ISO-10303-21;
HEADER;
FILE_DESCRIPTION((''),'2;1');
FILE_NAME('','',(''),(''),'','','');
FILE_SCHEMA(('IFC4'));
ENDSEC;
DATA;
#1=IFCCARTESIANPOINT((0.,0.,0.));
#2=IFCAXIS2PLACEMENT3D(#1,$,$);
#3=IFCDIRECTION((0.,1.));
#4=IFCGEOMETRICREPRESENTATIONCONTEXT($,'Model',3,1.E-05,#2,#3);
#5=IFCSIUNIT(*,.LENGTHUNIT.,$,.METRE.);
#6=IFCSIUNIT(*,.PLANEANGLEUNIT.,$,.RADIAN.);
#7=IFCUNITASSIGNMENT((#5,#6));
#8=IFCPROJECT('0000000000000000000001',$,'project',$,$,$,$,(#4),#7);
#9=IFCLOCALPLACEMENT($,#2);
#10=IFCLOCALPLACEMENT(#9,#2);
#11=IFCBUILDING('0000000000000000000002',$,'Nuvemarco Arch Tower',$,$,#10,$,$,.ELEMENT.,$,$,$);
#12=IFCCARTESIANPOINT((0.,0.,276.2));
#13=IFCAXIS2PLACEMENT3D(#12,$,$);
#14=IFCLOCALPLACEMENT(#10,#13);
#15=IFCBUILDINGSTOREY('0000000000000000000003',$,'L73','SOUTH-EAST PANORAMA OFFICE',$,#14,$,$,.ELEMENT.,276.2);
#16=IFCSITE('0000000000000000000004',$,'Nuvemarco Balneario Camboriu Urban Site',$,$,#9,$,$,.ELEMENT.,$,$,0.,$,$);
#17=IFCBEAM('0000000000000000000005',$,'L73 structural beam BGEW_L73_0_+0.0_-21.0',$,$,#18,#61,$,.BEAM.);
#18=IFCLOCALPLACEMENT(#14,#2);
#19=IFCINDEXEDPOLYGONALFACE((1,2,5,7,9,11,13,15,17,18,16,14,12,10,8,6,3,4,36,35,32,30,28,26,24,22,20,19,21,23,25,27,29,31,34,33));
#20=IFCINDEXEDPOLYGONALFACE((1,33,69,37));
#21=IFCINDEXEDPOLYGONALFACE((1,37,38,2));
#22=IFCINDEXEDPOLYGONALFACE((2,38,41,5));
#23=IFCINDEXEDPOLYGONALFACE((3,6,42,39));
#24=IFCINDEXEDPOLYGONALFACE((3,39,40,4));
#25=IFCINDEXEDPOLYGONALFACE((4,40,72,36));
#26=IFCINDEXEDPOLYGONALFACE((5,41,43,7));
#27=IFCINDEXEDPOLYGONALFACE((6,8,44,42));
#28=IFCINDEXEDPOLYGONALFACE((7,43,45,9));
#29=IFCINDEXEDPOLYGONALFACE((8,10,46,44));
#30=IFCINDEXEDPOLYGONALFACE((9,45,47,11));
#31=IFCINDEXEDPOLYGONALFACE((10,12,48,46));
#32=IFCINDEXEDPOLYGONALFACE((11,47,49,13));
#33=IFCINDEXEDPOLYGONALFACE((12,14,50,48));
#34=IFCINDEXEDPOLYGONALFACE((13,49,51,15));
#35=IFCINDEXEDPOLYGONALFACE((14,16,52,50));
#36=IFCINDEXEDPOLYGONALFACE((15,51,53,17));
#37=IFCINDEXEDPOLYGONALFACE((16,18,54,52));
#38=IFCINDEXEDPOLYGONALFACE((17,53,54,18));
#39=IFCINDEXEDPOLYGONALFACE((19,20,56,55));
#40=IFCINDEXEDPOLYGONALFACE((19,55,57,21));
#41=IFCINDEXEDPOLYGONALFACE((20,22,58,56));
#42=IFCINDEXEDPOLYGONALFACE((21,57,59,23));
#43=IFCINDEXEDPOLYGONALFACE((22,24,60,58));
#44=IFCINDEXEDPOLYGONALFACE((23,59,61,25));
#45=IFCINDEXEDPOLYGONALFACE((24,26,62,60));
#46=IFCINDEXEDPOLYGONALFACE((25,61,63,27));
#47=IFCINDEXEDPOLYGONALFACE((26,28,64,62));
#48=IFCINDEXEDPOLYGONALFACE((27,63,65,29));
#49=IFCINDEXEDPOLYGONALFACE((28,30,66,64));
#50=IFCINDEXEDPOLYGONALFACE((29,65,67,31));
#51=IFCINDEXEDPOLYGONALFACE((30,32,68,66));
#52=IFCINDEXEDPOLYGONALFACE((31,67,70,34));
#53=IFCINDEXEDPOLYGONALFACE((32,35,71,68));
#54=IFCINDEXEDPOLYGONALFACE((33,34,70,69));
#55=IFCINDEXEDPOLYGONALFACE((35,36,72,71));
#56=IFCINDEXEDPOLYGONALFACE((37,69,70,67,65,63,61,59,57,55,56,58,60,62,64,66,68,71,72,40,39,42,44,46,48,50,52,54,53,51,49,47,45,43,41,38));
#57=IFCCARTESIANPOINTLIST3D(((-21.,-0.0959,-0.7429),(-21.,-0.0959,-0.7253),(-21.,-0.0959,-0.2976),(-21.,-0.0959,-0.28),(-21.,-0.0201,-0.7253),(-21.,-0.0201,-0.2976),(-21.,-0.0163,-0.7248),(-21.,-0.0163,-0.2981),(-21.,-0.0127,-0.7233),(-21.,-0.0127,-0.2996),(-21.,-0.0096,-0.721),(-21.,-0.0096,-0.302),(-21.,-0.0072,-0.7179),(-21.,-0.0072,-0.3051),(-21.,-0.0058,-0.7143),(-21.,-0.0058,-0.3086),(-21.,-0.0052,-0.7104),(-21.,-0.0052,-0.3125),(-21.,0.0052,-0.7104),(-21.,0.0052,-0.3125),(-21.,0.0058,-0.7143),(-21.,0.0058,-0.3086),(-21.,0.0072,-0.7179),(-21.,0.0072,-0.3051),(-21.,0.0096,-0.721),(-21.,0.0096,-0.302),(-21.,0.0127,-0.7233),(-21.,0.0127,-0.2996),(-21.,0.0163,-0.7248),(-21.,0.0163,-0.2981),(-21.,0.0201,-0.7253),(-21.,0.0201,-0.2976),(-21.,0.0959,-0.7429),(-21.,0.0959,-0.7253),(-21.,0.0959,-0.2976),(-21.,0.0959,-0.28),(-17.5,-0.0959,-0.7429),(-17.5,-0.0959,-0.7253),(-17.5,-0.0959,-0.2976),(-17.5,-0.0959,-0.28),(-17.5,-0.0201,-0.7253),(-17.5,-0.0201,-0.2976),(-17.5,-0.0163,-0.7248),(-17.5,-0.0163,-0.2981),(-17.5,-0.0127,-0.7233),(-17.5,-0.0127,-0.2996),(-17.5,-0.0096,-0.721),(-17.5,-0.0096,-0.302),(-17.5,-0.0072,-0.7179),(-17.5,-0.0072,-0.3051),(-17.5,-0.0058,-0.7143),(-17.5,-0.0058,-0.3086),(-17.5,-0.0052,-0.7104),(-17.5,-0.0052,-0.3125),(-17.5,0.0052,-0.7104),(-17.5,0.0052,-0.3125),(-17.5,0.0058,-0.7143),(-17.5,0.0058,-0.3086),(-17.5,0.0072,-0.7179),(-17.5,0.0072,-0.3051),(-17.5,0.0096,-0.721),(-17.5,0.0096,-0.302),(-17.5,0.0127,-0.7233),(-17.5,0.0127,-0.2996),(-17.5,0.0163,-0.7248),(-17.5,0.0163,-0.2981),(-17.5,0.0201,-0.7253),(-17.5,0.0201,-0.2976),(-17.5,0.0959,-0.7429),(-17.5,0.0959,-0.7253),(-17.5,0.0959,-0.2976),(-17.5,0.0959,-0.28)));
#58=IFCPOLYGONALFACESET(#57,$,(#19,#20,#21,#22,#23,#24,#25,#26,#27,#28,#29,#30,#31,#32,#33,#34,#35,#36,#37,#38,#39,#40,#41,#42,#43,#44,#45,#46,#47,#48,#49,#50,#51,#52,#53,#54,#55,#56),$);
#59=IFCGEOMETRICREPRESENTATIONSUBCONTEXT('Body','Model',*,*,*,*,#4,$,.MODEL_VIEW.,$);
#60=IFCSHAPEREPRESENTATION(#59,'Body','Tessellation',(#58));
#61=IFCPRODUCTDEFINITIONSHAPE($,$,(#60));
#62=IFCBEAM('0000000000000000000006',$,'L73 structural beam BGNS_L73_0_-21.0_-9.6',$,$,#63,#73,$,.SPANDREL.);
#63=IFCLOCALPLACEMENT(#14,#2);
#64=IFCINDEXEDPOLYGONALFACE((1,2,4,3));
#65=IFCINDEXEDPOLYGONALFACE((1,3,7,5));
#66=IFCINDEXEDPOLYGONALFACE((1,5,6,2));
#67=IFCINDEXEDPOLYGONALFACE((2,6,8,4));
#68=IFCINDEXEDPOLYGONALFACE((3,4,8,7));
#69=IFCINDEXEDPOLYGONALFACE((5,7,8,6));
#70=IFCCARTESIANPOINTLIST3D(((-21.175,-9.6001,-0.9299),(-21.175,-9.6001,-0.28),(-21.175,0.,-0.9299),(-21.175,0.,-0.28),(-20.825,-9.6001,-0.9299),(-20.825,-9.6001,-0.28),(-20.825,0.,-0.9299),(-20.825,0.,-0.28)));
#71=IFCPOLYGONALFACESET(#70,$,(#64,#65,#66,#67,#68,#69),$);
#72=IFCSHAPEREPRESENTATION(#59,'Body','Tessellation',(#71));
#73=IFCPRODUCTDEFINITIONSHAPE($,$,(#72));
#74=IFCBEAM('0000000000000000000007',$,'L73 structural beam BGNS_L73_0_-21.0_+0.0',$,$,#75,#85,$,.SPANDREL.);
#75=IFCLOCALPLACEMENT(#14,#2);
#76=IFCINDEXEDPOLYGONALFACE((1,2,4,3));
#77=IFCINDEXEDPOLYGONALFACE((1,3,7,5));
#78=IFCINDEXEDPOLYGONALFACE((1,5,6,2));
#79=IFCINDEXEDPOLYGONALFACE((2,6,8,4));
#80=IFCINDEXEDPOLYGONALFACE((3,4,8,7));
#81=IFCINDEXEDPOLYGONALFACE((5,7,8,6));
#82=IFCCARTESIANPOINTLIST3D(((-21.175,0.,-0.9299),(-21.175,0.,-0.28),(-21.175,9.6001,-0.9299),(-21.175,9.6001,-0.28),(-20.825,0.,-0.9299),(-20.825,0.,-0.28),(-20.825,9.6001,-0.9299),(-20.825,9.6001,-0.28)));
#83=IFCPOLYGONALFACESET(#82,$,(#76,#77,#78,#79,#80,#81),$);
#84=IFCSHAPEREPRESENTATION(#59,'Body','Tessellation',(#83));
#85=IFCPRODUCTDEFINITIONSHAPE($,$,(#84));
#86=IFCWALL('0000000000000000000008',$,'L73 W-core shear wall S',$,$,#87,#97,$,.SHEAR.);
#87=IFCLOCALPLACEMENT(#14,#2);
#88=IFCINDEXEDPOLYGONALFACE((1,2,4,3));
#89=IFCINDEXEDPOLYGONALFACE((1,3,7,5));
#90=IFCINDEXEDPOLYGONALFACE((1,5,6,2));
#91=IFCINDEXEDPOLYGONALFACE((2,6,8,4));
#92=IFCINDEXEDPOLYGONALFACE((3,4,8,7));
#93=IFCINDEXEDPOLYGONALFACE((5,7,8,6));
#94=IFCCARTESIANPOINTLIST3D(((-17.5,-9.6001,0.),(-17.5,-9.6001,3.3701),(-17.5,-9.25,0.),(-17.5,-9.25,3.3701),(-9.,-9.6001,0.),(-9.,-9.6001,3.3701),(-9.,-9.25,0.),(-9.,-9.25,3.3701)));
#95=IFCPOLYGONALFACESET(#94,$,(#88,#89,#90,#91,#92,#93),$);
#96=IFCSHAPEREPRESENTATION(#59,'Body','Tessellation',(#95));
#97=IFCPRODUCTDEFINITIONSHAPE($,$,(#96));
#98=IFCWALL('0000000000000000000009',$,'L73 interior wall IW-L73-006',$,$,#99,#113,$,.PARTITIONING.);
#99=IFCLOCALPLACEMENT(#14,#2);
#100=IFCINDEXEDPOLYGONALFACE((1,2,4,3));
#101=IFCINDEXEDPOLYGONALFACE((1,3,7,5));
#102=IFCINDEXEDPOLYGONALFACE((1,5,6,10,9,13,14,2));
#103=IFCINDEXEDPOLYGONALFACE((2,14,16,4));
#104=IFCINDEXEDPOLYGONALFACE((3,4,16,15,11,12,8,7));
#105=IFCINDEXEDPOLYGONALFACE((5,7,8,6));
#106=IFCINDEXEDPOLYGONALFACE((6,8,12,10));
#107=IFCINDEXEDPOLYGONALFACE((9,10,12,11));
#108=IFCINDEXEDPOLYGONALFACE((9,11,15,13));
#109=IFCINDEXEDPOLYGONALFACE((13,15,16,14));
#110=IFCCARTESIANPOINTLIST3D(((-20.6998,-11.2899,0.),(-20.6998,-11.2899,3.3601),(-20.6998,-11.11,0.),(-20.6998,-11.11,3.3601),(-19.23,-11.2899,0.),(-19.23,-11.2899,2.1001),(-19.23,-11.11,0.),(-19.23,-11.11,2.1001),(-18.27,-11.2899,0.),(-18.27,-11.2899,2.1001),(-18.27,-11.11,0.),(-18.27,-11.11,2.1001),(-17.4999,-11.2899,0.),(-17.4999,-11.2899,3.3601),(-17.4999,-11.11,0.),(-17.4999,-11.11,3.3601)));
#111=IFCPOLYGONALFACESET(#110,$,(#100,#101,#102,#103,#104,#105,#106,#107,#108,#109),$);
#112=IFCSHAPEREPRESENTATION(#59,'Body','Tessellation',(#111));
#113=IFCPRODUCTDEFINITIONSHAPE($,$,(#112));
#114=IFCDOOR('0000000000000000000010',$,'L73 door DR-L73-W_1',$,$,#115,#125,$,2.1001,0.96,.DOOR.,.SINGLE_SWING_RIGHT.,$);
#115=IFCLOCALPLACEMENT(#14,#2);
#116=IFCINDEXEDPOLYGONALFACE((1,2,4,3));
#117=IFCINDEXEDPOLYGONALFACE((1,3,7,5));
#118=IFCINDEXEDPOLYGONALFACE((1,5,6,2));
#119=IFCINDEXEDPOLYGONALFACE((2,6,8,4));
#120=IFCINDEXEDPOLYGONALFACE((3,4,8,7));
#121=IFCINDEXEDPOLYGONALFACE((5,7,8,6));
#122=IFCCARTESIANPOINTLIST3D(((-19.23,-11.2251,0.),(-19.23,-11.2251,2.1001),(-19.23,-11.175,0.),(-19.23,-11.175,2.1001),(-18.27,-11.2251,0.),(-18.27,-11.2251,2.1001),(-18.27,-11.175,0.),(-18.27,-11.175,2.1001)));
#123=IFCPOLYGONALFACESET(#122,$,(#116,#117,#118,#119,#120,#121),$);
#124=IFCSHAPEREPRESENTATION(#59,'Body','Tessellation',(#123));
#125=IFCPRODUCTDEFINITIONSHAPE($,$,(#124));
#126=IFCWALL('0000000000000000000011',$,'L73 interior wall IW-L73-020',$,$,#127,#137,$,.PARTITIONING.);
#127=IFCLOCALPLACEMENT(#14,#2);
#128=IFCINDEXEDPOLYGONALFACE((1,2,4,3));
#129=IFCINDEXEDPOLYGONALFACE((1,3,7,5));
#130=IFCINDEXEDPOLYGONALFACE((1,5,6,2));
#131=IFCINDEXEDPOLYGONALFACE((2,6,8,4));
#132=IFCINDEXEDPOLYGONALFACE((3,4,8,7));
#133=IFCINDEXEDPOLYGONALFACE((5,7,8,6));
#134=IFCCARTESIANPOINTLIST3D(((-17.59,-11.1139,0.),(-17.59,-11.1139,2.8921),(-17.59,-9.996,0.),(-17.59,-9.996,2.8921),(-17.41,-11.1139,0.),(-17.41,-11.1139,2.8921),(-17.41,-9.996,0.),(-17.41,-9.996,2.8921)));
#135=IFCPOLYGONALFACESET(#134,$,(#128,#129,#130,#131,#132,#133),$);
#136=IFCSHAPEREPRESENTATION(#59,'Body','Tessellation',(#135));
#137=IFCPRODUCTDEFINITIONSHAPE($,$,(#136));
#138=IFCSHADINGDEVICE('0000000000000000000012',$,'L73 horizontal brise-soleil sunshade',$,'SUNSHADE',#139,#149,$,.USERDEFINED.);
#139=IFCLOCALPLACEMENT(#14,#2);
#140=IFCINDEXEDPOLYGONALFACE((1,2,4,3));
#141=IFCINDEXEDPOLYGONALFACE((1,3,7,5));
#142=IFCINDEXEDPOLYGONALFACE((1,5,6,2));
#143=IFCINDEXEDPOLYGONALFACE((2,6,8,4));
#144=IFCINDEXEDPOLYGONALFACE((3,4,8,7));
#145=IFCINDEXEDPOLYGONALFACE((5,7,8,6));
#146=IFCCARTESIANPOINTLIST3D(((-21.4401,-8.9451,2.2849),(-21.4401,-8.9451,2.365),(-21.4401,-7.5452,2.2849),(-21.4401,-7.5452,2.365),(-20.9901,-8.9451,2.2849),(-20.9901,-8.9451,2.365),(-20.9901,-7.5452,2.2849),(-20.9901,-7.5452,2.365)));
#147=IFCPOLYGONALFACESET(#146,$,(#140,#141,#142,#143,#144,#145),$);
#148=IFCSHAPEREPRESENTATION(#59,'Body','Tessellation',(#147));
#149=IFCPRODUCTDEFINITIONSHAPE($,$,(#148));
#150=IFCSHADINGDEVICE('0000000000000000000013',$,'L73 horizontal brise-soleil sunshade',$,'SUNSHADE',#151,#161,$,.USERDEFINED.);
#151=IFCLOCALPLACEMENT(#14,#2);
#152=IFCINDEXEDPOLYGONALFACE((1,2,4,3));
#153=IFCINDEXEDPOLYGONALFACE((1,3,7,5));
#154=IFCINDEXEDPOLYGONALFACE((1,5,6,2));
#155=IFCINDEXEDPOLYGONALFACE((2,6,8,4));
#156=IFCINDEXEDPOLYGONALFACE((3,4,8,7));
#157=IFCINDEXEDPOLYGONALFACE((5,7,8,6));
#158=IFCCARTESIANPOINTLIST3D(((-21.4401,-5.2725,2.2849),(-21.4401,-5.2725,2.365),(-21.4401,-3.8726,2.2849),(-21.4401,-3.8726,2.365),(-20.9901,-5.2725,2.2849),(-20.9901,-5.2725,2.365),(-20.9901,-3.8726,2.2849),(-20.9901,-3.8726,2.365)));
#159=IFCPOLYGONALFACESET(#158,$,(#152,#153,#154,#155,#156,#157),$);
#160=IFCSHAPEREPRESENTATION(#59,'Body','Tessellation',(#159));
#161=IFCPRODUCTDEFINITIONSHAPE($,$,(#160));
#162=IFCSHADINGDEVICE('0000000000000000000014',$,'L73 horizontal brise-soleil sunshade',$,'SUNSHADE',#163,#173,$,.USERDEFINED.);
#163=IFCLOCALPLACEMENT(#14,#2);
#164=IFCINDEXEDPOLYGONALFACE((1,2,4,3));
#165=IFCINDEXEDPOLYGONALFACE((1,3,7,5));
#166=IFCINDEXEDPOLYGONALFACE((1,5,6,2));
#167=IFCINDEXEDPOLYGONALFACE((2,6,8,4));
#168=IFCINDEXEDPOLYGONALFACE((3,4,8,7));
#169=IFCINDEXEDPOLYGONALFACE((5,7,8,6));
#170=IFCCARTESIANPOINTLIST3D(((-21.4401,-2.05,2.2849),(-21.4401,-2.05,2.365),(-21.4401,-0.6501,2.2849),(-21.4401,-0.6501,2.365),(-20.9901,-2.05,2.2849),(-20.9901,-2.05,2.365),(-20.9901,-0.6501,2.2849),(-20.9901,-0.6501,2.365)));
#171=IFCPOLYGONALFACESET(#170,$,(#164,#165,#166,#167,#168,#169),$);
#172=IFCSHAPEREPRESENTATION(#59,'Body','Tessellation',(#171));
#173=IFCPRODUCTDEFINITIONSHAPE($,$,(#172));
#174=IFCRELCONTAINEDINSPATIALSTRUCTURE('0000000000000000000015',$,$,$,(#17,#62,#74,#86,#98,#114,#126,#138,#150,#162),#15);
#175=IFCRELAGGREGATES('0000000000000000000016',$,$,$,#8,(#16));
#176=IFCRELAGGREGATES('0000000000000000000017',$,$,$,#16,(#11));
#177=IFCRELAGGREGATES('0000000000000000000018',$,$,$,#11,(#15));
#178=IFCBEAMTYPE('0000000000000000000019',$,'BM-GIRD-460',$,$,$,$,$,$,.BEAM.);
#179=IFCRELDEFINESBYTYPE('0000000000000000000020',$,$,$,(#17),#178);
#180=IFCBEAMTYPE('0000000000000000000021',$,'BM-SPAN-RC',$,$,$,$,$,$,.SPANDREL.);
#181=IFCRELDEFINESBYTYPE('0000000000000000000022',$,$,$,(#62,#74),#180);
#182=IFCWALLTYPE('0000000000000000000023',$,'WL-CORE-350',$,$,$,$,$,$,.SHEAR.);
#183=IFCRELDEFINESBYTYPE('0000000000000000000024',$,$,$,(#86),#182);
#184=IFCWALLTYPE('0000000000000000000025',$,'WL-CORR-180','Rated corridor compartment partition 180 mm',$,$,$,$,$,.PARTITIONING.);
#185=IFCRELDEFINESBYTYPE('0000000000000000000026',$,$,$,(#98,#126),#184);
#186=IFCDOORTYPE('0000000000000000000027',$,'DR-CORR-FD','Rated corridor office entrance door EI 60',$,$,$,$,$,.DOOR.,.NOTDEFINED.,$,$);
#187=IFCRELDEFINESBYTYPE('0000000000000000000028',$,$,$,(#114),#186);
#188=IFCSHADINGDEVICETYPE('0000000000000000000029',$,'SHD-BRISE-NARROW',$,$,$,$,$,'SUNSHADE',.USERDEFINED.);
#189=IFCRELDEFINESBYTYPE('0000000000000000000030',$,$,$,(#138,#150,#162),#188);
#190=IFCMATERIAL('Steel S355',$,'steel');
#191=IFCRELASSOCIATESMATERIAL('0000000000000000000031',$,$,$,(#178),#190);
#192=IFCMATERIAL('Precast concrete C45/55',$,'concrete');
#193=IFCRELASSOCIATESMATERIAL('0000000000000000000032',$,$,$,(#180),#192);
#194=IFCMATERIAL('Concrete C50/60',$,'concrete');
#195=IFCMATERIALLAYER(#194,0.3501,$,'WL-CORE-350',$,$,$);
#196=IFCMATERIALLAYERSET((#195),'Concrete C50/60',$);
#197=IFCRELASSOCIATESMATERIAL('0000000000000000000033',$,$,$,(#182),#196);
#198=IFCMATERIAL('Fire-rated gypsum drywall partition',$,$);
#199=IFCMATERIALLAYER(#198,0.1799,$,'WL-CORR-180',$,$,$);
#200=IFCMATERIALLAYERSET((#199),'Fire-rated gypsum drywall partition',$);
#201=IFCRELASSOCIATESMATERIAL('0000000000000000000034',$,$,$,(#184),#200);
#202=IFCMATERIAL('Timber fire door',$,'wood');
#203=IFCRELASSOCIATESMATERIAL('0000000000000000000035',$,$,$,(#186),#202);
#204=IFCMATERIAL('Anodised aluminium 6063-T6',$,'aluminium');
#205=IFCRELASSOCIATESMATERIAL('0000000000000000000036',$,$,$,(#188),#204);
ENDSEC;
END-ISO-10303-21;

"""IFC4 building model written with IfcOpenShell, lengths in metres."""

from ifc_helpers import new_model, si_unit, direction, frame, frame_2d, origin, origin_2d, place, context, subcontext, project, spatial, rectangle, i_section, extrude, source, transform, mapped, material, layer, layer_set, material_profile, profile_set, type_object, type_shapes, element, fill, save


model = new_model("IFC4")

# Units and contexts
model_context = context("Model", 3, precision=1e-05, world=origin(), true_north=direction((0.0, 1.0)))
body_context = subcontext(model_context, "Body", "Model", "MODEL_VIEW")
ifc_project = project(units=[si_unit("LENGTHUNIT", "METRE"), si_unit("PLANEANGLEUNIT", "RADIAN")], contexts=[model_context])

# Site, building, storey
site_placement = place(None, origin())
site = spatial("IfcSite", under=ifc_project, at=site_placement, Name="Nuvemarco Balneario Camboriu Urban Site", CompositionType="ELEMENT", RefElevation=0.0)
building_placement = place(site_placement, origin())
building = spatial("IfcBuilding", under=site, at=building_placement, Name="Nuvemarco Arch Tower", CompositionType="ELEMENT")
storey_placement = place(building_placement, frame((0.0, 0.0, 276.2)))
storey = spatial("IfcBuildingStorey", under=building, at=storey_placement, Name="L73", Description="SOUTH-EAST PANORAMA OFFICE", CompositionType="ELEMENT", Elevation=276.2)

# Shared definitions
ifc_material_1 = material(Name="Concrete C50/60", Category="concrete")
ifc_material_2 = material(Name="Steel S355", Category="steel")

# Beams
ifc_material_profile_1 = material_profile(ifc_material_2, i_section(OverallWidth=0.1919, OverallDepth=0.4629, WebThickness=0.0105, FlangeThickness=0.0176, FilletRadius=0.0149, at=origin_2d()), Name="W460x89")
ifc_profile_set_1 = profile_set([ifc_material_profile_1], Name="Steel S355")
beam_type_1 = type_object("IfcBeamType", Name="BM-GIRD-460", PredefinedType="BEAM", material=ifc_profile_set_1)
beam_1_placement = place(storey_placement, frame((-21.0, 0.0, -0.5115), z_axis=(1.0, 0.0, 0.0), x_axis=(0.0, 1.0, 0.0)))
element("IfcBeam", 1, at=beam_1_placement, inside=storey, type_object=beam_type_1, Name="L73 structural beam BGEW_L73_0_+0.0_-21.0", PredefinedType="BEAM", context=body_context, shape_type="SweptSolid", body=[
    extrude(i_section(OverallWidth=0.1919, OverallDepth=0.4629, WebThickness=0.0105, FlangeThickness=0.0176, FilletRadius=0.0149, at=origin_2d()), origin(), (0.0, 0.0, 1.0), 3.5),
])
ifc_material_3 = material(Name="Precast concrete C45/55", Category="concrete")
ifc_material_profile_2 = material_profile(ifc_material_3, rectangle(XDim=0.3501, YDim=0.6499, at=origin_2d()), Name="PC-SP-350x650")
ifc_profile_set_2 = profile_set([ifc_material_profile_2], Name="Precast concrete C45/55")
beam_type_2 = type_object("IfcBeamType", Name="BM-SPAN-RC", PredefinedType="SPANDREL", material=ifc_profile_set_2)
for number, where, z_axis, x_axis, name in (
    (2, (-21.0, -9.6001, -0.605), (0.0, 1.0, 0.0), (-1.0, 0.0, 0.0), "L73 structural beam BGNS_L73_0_-21.0_-9.6"),
    (3, (-21.0, 0.0, -0.605), (0.0, 1.0, 0.0), (-1.0, 0.0, 0.0), "L73 structural beam BGNS_L73_0_-21.0_+0.0"),
):
    element("IfcBeam", number, at=place(storey_placement, frame(where, z_axis=z_axis, x_axis=x_axis)), inside=storey, type_object=beam_type_2, Name=name, PredefinedType="SPANDREL", context=body_context, shape_type="SweptSolid", body=[
        extrude(rectangle(XDim=0.3501, YDim=0.6499, at=origin_2d()), origin(), (0.0, 0.0, 1.0), 9.6001),
    ])

# Wall
ifc_layer_1 = layer(ifc_material_1, 0.3501, Name="WL-CORE-350")
ifc_layer_set_1 = layer_set([ifc_layer_1], Name="Concrete C50/60")
wall_type_1 = type_object("IfcWallType", Name="WL-CORE-350", PredefinedType="SHEAR", material=ifc_layer_set_1)
wall_1_placement = place(storey_placement, frame((-17.5, -9.425, 0.0), z_axis=(0.0, 0.0, 1.0), x_axis=(1.0, 0.0, 0.0)))
element("IfcWall", 4, at=wall_1_placement, inside=storey, type_object=wall_type_1, Name="L73 W-core shear wall S", PredefinedType="SHEAR", context=body_context, shape_type="SweptSolid", body=[
    extrude(rectangle(XDim=8.5, YDim=0.3501, at=frame_2d((4.25, 0.0))), origin(), (0.0, 0.0, 1.0), 3.3701),
])

# Wall, opening, door
ifc_material_4 = material(Name="Fire-rated gypsum drywall partition")
ifc_layer_2 = layer(ifc_material_4, 0.1799, Name="WL-CORR-180")
ifc_layer_set_2 = layer_set([ifc_layer_2], Name="Fire-rated gypsum drywall partition")
wall_type_2 = type_object("IfcWallType", Name="WL-CORR-180", Description="Rated corridor compartment partition 180 mm", PredefinedType="PARTITIONING", material=ifc_layer_set_2)
wall_2_placement = place(storey_placement, frame((-20.7, -11.2, 0.0), z_axis=(0.0, 0.0, 1.0), x_axis=(1.0, 0.0, 0.0)))
wall_2 = element("IfcWall", 5, at=wall_2_placement, inside=storey, type_object=wall_type_2, Name="L73 interior wall IW-L73-006", PredefinedType="PARTITIONING", context=body_context, shape_type="SweptSolid", body=[
    extrude(rectangle(XDim=3.2, YDim=0.1799, at=frame_2d((1.6001, 0.0))), origin(), (0.0, 0.0, 1.0), 3.3601),
])
opening_placement = place(wall_2_placement, frame((1.47, 0.0, 0.0)))
opening = element("IfcOpeningElement", 6, at=opening_placement, cuts=wall_2, PredefinedType="OPENING", context=body_context, shape_type="SweptSolid", body=[
    extrude(rectangle(XDim=0.96, YDim=2.1001, at=frame_2d((0.48, 1.05))), frame((0.0, 0.0999, 0.0), z_axis=(0.0, -1.0, 0.0), x_axis=(1.0, 0.0, 0.0)), (0.0, 0.0, 1.0), 0.2),
])
ifc_material_5 = material(Name="Timber fire door", Category="wood")
door_type = type_object("IfcDoorType", Name="DR-CORR-FD", Description="Rated corridor office entrance door EI 60", OperationType="NOTDEFINED", PredefinedType="DOOR", material=ifc_material_5)
shared_shape_1 = source(origin(), body_context, "Body", "SweptSolid", [
    extrude(rectangle(XDim=0.96, YDim=2.1001, at=frame_2d((0.48, 1.05))), frame((0.0, 0.0249, 0.0), z_axis=(0.0, -1.0, 0.0), x_axis=(1.0, 0.0, 0.0)), (0.0, 0.0, 1.0), 0.05),
])
type_shapes(door_type, [shared_shape_1])
door_placement = place(opening_placement, origin())
door = element("IfcDoor", 7, at=door_placement, inside=storey, type_object=door_type, Name="L73 door DR-L73-W_1", OperationType="SINGLE_SWING_RIGHT", OverallHeight=2.1001, OverallWidth=0.96, PredefinedType="DOOR", context=body_context, shape_type="MappedRepresentation", body=[
    mapped(shared_shape_1, transform((0.0, 0.0, 0.0), scale=1.0)),
])
fill(opening, door)

# Wall
wall_3_placement = place(storey_placement, frame((-17.5, -11.114, 0.0), z_axis=(0.0, 0.0, 1.0), x_axis=(0.0, 1.0, 0.0)))
element("IfcWall", 8, at=wall_3_placement, inside=storey, type_object=wall_type_2, Name="L73 interior wall IW-L73-020", PredefinedType="PARTITIONING", context=body_context, shape_type="SweptSolid", body=[
    extrude(rectangle(XDim=1.1179, YDim=0.1799, at=frame_2d((0.5591, 0.0))), origin(), (0.0, 0.0, 1.0), 2.8921),
])

# Shading devices
ifc_material_6 = material(Name="Anodised aluminium 6063-T6", Category="aluminium")
shading_device_type = type_object("IfcShadingDeviceType", Name="SHD-BRISE-NARROW", ElementType="SUNSHADE", PredefinedType="USERDEFINED", material=ifc_material_6)
shared_shape_2 = source(origin(), body_context, "Body", "SweptSolid", [
    extrude(rectangle(XDim=1.3999, YDim=0.45, at=origin_2d()), origin(), (0.0, 0.0, 1.0), 0.0801),
])
type_shapes(shading_device_type, [shared_shape_2])
for number, where, z_axis, x_axis, name in (
    (9, (-21.2151, -8.2451, 2.2849), (0.0, 0.0, 1.0), (0.0, 1.0, 0.0), "L73 horizontal brise-soleil sunshade"),
    (10, (-21.2151, -4.5725, 2.2849), (0.0, 0.0, 1.0), (0.0, 1.0, 0.0), "L73 horizontal brise-soleil sunshade"),
    (11, (-21.2151, -1.3501, 2.2849), (0.0, 0.0, 1.0), (0.0, 1.0, 0.0), "L73 horizontal brise-soleil sunshade"),
):
    element("IfcShadingDevice", number, at=place(storey_placement, frame(where, z_axis=z_axis, x_axis=x_axis)), inside=storey, type_object=shading_device_type, Name=name, ObjectType="SUNSHADE", PredefinedType="USERDEFINED", context=body_context, shape_type="MappedRepresentation", body=[
        mapped(shared_shape_2, transform((0.0, 0.0, 0.0), scale=1.0)),
    ])

save(model, "model.ifc")
